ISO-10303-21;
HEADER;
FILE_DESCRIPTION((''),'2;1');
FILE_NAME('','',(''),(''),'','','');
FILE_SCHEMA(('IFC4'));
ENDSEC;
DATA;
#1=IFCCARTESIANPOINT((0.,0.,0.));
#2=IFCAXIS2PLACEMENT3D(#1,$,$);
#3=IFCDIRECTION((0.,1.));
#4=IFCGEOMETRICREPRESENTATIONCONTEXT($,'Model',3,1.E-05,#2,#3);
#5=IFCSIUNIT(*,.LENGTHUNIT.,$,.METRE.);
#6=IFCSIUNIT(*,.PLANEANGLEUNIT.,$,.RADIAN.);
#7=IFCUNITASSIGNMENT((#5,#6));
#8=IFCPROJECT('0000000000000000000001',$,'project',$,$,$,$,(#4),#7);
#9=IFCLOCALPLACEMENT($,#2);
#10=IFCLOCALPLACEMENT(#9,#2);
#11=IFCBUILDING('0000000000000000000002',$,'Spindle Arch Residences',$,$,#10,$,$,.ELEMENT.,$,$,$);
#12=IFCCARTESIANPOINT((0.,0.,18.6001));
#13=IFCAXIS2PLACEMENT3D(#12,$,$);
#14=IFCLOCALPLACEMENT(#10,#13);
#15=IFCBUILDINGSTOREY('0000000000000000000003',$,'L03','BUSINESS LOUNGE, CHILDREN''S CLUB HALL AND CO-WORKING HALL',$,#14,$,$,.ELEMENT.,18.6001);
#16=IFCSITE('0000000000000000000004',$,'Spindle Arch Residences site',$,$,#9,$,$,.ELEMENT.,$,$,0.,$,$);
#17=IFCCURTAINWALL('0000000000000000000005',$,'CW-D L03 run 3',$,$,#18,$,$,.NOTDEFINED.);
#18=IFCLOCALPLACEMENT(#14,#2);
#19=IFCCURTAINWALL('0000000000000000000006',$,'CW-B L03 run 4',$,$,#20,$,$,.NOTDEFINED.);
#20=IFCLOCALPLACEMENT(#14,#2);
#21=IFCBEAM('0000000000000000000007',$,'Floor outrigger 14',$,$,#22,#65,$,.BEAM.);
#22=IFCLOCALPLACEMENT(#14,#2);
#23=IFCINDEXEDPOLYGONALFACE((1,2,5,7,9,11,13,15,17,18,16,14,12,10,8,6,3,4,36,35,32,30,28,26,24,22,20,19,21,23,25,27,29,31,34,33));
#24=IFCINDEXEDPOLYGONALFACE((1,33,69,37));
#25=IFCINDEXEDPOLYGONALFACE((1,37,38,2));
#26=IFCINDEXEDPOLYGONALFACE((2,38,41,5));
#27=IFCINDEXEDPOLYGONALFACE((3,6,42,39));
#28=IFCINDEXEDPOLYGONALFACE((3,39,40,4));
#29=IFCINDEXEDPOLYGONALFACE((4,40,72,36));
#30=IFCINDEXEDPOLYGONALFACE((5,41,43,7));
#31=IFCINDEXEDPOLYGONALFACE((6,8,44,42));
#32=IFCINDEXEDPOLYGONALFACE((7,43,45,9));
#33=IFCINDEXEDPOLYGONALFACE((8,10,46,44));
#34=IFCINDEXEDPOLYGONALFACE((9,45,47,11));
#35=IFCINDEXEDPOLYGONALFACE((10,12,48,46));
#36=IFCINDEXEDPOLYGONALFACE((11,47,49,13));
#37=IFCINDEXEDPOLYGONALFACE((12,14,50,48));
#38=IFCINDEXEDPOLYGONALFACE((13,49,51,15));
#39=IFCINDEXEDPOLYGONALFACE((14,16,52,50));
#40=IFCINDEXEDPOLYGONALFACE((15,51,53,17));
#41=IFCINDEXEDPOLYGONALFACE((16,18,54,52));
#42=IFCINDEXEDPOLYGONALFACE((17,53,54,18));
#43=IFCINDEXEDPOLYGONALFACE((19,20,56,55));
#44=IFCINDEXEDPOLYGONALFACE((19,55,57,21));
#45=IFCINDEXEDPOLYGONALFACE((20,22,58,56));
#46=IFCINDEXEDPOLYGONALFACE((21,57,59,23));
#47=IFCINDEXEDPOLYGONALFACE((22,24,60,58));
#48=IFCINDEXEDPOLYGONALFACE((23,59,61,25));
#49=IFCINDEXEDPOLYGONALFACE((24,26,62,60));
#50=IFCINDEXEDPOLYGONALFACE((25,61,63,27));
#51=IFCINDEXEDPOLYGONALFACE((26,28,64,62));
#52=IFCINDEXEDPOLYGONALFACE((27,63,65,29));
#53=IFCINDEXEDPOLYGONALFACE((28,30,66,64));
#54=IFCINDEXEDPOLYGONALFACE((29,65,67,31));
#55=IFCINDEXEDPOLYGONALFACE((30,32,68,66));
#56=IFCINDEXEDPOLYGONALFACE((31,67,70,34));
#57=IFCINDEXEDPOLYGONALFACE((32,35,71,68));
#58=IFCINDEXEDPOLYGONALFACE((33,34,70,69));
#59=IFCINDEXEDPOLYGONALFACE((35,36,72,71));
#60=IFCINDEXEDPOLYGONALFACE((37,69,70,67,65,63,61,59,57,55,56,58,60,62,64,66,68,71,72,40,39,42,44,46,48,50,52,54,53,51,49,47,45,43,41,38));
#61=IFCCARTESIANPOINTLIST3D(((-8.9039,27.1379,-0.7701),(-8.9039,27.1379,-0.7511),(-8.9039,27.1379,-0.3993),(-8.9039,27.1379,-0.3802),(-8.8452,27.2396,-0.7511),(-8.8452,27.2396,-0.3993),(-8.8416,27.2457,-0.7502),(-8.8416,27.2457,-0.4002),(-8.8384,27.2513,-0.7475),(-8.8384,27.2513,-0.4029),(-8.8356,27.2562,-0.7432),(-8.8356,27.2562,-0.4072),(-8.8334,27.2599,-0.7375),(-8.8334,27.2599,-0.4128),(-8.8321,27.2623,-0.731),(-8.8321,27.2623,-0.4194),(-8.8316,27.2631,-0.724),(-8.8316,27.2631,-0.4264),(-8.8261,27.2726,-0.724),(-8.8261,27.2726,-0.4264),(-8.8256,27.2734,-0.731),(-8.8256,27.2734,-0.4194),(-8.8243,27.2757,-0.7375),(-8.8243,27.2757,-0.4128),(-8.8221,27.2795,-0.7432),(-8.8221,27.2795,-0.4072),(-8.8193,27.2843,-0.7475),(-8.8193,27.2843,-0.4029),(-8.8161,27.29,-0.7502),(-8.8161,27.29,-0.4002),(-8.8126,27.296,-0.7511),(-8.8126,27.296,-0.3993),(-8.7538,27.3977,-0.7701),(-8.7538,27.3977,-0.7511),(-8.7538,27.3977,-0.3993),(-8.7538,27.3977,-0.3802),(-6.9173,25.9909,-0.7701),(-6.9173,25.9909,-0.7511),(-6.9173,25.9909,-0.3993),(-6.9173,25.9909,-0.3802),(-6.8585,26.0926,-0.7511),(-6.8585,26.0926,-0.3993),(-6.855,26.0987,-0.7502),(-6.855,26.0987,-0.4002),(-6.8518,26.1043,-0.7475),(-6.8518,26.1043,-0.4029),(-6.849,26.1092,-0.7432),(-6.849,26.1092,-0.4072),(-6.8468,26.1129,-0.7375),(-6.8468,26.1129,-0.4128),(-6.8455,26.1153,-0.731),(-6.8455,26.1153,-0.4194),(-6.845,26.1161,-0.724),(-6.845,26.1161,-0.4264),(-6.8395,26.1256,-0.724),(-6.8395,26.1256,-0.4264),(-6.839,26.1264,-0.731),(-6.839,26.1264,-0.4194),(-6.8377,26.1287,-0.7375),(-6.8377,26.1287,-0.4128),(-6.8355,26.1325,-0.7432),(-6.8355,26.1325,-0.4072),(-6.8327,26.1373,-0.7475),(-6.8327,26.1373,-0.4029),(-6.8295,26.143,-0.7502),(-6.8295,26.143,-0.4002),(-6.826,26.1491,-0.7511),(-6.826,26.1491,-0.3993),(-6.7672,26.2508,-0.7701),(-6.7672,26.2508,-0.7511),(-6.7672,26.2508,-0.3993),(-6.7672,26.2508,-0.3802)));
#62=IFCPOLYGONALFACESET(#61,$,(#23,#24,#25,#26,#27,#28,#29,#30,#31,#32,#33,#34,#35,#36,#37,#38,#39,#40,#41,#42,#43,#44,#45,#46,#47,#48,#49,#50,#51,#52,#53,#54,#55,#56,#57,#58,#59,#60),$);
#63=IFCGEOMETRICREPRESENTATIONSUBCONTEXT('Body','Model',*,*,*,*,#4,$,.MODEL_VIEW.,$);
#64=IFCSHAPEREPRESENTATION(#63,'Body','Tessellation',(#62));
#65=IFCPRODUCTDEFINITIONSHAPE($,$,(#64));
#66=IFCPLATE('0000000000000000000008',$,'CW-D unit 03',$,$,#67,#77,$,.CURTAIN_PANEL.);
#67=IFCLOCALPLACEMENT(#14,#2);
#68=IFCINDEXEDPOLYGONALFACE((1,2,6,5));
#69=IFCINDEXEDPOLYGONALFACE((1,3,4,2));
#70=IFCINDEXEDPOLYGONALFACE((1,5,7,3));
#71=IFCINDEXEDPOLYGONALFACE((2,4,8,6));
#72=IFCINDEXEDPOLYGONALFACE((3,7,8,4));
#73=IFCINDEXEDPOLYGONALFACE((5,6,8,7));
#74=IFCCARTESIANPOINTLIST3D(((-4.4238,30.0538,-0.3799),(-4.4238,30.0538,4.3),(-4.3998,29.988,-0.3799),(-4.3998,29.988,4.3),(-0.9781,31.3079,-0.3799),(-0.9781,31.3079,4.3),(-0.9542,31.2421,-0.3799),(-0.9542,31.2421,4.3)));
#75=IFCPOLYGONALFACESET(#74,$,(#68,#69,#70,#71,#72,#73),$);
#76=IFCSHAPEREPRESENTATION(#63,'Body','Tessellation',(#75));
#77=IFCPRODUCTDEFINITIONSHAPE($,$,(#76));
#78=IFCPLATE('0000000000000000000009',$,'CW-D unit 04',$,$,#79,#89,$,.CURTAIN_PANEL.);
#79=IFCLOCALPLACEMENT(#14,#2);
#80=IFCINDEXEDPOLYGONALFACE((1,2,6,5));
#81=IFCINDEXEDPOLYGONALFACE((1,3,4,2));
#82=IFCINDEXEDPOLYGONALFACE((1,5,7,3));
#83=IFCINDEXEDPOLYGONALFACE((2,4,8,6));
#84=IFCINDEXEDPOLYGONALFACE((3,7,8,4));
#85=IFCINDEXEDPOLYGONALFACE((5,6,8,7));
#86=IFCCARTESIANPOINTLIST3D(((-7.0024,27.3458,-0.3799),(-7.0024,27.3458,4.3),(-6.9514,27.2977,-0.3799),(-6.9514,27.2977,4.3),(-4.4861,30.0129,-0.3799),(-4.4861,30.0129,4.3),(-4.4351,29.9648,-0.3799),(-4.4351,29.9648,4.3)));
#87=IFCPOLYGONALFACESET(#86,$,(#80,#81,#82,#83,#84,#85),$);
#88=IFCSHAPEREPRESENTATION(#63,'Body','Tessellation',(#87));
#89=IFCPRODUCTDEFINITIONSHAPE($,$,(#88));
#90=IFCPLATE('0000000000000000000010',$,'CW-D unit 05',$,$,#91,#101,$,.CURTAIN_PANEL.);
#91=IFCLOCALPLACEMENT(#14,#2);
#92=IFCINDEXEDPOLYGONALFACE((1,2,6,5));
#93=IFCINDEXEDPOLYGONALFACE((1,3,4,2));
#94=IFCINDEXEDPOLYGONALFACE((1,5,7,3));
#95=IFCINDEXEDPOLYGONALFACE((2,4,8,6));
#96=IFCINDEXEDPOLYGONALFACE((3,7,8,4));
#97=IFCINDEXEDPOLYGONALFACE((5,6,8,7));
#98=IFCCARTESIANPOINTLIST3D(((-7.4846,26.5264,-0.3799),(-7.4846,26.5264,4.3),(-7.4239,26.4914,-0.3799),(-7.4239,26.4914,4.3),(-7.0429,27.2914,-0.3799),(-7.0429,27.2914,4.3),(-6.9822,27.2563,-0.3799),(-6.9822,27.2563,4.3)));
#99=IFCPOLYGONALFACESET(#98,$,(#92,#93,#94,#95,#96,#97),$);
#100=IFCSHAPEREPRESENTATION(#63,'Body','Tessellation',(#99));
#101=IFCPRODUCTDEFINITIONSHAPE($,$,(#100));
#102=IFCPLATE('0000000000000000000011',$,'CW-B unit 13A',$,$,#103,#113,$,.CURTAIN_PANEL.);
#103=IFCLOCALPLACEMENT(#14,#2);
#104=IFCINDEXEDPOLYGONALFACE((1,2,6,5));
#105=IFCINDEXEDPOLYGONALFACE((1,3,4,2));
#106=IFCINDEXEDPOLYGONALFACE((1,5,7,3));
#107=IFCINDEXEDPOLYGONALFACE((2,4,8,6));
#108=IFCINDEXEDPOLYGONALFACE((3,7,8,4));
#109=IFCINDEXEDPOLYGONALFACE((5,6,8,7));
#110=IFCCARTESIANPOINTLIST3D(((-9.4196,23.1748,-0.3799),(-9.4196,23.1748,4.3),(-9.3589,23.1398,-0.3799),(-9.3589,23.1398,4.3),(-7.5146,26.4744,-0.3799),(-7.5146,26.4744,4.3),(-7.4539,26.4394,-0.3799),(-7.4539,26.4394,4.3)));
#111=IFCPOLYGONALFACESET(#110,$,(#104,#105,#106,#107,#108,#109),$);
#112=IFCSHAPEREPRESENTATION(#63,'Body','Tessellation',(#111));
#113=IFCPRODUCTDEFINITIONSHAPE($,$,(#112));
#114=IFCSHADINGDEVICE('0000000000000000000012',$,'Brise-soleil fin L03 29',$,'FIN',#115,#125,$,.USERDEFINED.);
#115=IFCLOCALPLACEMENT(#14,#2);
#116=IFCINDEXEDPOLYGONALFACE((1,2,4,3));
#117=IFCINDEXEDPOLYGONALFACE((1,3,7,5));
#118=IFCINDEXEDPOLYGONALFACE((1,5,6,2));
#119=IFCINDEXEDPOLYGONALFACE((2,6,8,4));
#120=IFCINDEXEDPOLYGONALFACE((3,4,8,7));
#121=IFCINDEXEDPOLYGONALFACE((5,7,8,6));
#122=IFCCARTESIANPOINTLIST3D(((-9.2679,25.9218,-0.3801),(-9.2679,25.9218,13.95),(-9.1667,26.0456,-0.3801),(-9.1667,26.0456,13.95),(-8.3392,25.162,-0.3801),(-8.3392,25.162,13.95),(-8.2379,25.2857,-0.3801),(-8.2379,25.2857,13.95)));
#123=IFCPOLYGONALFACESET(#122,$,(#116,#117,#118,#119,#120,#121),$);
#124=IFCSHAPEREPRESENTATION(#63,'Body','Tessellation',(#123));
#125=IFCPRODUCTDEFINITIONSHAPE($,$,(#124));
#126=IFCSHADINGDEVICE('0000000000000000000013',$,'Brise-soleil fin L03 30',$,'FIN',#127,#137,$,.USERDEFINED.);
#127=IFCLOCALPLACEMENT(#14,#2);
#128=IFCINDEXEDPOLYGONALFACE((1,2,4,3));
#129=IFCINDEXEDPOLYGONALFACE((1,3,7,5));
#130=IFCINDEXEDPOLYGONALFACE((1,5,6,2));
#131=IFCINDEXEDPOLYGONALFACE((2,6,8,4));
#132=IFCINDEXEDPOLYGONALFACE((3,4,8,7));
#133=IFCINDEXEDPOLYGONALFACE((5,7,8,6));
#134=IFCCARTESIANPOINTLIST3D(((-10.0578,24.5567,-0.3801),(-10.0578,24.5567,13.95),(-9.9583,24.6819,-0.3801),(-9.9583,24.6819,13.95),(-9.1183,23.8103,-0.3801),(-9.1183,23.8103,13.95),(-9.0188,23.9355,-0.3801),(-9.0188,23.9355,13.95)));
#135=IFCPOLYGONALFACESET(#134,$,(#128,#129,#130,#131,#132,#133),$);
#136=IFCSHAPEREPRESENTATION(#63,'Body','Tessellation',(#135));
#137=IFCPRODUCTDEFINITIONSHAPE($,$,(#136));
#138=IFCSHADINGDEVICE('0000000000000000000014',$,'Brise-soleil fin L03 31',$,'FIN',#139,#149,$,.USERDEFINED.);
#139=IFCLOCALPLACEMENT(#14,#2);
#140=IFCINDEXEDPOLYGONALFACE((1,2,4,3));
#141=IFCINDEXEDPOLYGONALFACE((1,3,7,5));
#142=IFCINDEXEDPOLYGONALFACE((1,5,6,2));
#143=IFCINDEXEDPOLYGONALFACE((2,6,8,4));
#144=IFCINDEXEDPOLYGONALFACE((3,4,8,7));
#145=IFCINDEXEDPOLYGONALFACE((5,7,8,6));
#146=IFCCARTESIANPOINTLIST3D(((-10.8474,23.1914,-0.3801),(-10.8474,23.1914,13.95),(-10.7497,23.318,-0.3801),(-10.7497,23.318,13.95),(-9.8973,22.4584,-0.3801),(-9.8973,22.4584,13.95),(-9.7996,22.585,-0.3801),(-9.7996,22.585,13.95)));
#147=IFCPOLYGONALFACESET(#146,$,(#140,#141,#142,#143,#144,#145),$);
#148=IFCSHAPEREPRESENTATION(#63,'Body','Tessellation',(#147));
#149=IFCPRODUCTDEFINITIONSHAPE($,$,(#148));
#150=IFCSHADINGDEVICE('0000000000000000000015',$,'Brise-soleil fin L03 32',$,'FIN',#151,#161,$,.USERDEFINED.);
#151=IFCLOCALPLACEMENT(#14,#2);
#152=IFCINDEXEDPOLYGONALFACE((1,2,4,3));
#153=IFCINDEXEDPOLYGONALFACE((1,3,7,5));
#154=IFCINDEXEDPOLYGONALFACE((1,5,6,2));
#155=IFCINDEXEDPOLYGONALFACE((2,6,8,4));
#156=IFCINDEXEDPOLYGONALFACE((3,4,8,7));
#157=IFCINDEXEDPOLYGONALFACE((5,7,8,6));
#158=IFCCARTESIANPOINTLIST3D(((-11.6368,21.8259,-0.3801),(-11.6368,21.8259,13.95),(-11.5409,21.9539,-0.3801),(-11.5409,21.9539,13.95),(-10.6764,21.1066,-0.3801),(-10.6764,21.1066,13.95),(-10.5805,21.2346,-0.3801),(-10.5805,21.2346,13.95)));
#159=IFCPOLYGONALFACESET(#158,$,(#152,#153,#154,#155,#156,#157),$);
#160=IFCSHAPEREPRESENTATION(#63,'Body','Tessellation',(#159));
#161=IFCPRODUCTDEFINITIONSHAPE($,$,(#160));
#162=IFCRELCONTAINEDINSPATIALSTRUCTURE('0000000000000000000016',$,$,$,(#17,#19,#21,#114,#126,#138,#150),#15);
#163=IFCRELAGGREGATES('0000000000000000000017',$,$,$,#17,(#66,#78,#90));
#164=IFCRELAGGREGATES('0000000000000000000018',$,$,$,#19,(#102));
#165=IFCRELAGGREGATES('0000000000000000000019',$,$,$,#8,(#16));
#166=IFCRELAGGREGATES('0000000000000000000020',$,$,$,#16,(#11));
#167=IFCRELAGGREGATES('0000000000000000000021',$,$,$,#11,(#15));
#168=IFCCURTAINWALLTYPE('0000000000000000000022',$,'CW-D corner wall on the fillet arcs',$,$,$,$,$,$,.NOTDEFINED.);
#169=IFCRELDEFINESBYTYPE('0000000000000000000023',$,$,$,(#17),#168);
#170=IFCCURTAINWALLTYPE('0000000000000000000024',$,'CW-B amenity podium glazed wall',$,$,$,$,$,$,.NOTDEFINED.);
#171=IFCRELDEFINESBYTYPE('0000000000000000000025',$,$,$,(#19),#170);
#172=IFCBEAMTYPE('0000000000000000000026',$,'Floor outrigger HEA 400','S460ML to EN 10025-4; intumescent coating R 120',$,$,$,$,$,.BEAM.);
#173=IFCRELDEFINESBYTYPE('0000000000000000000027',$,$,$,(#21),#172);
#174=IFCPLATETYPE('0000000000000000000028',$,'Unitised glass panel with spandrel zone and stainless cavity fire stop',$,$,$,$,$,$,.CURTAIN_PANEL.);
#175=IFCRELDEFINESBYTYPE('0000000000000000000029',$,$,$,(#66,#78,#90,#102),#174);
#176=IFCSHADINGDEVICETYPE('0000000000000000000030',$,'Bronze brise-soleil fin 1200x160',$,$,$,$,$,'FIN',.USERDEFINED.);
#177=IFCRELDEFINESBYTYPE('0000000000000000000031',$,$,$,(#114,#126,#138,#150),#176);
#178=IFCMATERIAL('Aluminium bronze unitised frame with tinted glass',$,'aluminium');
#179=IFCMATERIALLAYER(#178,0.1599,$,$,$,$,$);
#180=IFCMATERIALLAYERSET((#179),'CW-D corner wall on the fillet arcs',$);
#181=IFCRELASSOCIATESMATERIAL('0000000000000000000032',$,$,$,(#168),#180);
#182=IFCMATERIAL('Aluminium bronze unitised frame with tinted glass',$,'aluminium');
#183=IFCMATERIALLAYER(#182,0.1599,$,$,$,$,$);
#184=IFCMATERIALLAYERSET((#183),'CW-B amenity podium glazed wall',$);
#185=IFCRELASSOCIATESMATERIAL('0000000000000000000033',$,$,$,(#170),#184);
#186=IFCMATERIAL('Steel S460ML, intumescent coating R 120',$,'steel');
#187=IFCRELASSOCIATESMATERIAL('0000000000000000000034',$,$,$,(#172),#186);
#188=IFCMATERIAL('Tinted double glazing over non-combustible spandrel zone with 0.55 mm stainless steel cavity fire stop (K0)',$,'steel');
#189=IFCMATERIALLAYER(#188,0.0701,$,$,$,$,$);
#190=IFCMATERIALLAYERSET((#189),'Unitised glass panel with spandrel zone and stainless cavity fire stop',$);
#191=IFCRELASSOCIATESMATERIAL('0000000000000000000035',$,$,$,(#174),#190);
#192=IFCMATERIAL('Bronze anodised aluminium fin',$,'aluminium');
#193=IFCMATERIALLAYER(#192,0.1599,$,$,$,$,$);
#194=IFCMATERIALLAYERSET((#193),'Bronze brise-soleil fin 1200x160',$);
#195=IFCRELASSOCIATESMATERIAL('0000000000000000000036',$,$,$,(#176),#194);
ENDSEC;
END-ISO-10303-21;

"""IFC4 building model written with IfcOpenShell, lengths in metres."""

from ifc_helpers import new_model, si_unit, direction, frame, origin, origin_2d, place, context, subcontext, project, spatial, rectangle, i_section, extrude, material, layer, layer_set, material_profile, profile_set, type_object, element, aggregate, save


model = new_model("IFC4")

# Units and contexts
model_context = context("Model", 3, precision=1e-05, world=origin(), true_north=direction((0.0, 1.0)))
body_context = subcontext(model_context, "Body", "Model", "MODEL_VIEW")
ifc_project = project(units=[si_unit("LENGTHUNIT", "METRE"), si_unit("PLANEANGLEUNIT", "RADIAN")], contexts=[model_context])

# Site, building, storey
site_placement = place(None, origin())
site = spatial("IfcSite", under=ifc_project, at=site_placement, Name="Spindle Arch Residences site", CompositionType="ELEMENT", RefElevation=0.0)
building_placement = place(site_placement, origin())
building = spatial("IfcBuilding", under=site, at=building_placement, Name="Spindle Arch Residences", CompositionType="ELEMENT")
storey_placement = place(building_placement, frame((0.0, 0.0, 18.6001)))
storey = spatial("IfcBuildingStorey", under=building, at=storey_placement, Name="L03", Description="BUSINESS LOUNGE, CHILDREN'S CLUB HALL AND CO-WORKING HALL", CompositionType="ELEMENT", Elevation=18.6001)

# Curtain wall
ifc_material_1 = material(Name="Aluminium bronze unitised frame with tinted glass", Category="aluminium")
ifc_layer_1 = layer(ifc_material_1, 0.1599)
ifc_layer_set_1 = layer_set([ifc_layer_1], Name="CW-D corner wall on the fillet arcs")
curtain_wall_type_1 = type_object("IfcCurtainWallType", Name="CW-D corner wall on the fillet arcs", PredefinedType="NOTDEFINED", material=ifc_layer_set_1)
curtain_wall_1_placement = place(storey_placement, origin())
curtain_wall_1 = element("IfcCurtainWall", 1, at=curtain_wall_1_placement, inside=storey, type_object=curtain_wall_type_1, Name="CW-D L03 run 3", PredefinedType="NOTDEFINED")

# Curtain wall
ifc_material_2 = material(Name="Aluminium bronze unitised frame with tinted glass", Category="aluminium")
ifc_layer_2 = layer(ifc_material_2, 0.1599)
ifc_layer_set_2 = layer_set([ifc_layer_2], Name="CW-B amenity podium glazed wall")
curtain_wall_type_2 = type_object("IfcCurtainWallType", Name="CW-B amenity podium glazed wall", PredefinedType="NOTDEFINED", material=ifc_layer_set_2)
curtain_wall_2_placement = place(storey_placement, origin())
curtain_wall_2 = element("IfcCurtainWall", 2, at=curtain_wall_2_placement, inside=storey, type_object=curtain_wall_type_2, Name="CW-B L03 run 4", PredefinedType="NOTDEFINED")

# Beam
ifc_material_3 = material(Name="Steel S460ML, intumescent coating R 120", Category="steel")
ifc_material_profile_1 = material_profile(ifc_material_3, i_section(OverallWidth=0.3, OverallDepth=0.3899, WebThickness=0.011, FlangeThickness=0.019, FilletRadius=0.0271, at=origin_2d()), Name="HEA 400")
ifc_profile_set_1 = profile_set([ifc_material_profile_1], Name="Steel S460ML, intumescent coating R 120")
beam_type_1 = type_object("IfcBeamType", Name="Floor outrigger HEA 400", Description="S460ML to EN 10025-4; intumescent coating R 120", PredefinedType="BEAM", material=ifc_profile_set_1)
beam_1_placement = place(storey_placement, frame((-8.8289, 27.2678, -0.5752), z_axis=(0.866021, -0.500008, 0.0), x_axis=(0.500008, 0.866021, 0.0)))
element("IfcBeam", 3, at=beam_1_placement, inside=storey, type_object=beam_type_1, Name="Floor outrigger 14", PredefinedType="BEAM", context=body_context, shape_type="SweptSolid", body=[
    extrude(i_section(OverallWidth=0.3, OverallDepth=0.3899, WebThickness=0.011, FlangeThickness=0.019, FilletRadius=0.0271, at=origin_2d()), origin(), (0.0, 0.0, 1.0), 2.2939),
])

# Plates
ifc_material_4 = material(Name="Tinted double glazing over non-combustible spandrel zone with 0.55 mm stainless steel cavity fire stop (K0)", Category="steel")
ifc_layer_3 = layer(ifc_material_4, 0.0701)
ifc_layer_set_3 = layer_set([ifc_layer_3], Name="Unitised glass panel with spandrel zone and stainless cavity fire stop")
plate_type = type_object("IfcPlateType", Name="Unitised glass panel with spandrel zone and stainless cavity fire stop", PredefinedType="CURTAIN_PANEL", material=ifc_layer_set_3)
plate_1_placement = place(storey_placement, frame((-2.689, 30.6479, -0.3799), z_axis=(0.0, 0.0, 1.0), x_axis=(-0.939693, -0.34202, 0.0)))
plate_1 = element("IfcPlate", 4, at=plate_1_placement, type_object=plate_type, Name="CW-D unit 03", PredefinedType="CURTAIN_PANEL", context=body_context, shape_type="SweptSolid", body=[
    extrude(rectangle(XDim=3.6667, YDim=0.0701, at=origin_2d()), origin(), (0.0, 0.0, 1.0), 4.6799),
])
plate_2_placement = place(storey_placement, frame((-5.7188, 28.6553, -0.3799), z_axis=(0.0, 0.0, 1.0), x_axis=(-0.686242, -0.727374, 0.0)))
plate_2 = element("IfcPlate", 5, at=plate_2_placement, type_object=plate_type, Name="CW-D unit 04", PredefinedType="CURTAIN_PANEL", context=body_context, shape_type="SweptSolid", body=[
    extrude(rectangle(XDim=3.6667, YDim=0.0701, at=origin_2d()), origin(), (0.0, 0.0, 1.0), 4.6799),
])
plate_3_placement = place(storey_placement, frame((-7.2334, 26.8914, -0.3799), z_axis=(0.0, 0.0, 1.0), x_axis=(-0.5, -0.866025, 0.0)))
plate_3 = element("IfcPlate", 6, at=plate_3_placement, type_object=plate_type, Name="CW-D unit 05", PredefinedType="CURTAIN_PANEL", context=body_context, shape_type="SweptSolid", body=[
    extrude(rectangle(XDim=0.8833, YDim=0.0701, at=origin_2d()), origin(), (0.0, 0.0, 1.0), 4.6799),
])
aggregate(curtain_wall_1, [plate_1, plate_2, plate_3])
plate_4_placement = place(storey_placement, frame((-8.4368, 24.8071, -0.3799), z_axis=(0.0, 0.0, 1.0), x_axis=(-0.5, -0.866025, 0.0)))
plate_4 = element("IfcPlate", 7, at=plate_4_placement, type_object=plate_type, Name="CW-B unit 13A", PredefinedType="CURTAIN_PANEL", context=body_context, shape_type="SweptSolid", body=[
    extrude(rectangle(XDim=3.8101, YDim=0.0701, at=origin_2d()), origin(), (0.0, 0.0, 1.0), 4.6799),
])
aggregate(curtain_wall_2, [plate_4])

# Shading devices
ifc_material_5 = material(Name="Bronze anodised aluminium fin", Category="aluminium")
ifc_layer_4 = layer(ifc_material_5, 0.1599)
ifc_layer_set_4 = layer_set([ifc_layer_4], Name="Bronze brise-soleil fin 1200x160")
shading_device_type = type_object("IfcShadingDeviceType", Name="Bronze brise-soleil fin 1200x160", ElementType="FIN", PredefinedType="USERDEFINED", material=ifc_layer_set_4)
for number, where, z_axis, x_axis, name in (
    (8, (-8.7529, 25.6038, -0.3801), (0.0, 0.0, 1.0), (-0.773979, 0.633211, 0.0), "Brise-soleil fin L03 29"),
    (9, (-9.5383, 24.2461, -0.3801), (0.0, 0.0, 1.0), (-0.782946, 0.622089, 0.0), "Brise-soleil fin L03 30"),
    (10, (-10.3235, 22.8882, -0.3801), (0.0, 0.0, 1.0), (-0.791754, 0.610841, 0.0), "Brise-soleil fin L03 31"),
    (11, (-11.1086, 21.5303, -0.3801), (0.0, 0.0, 1.0), (-0.800399, 0.599467, 0.0), "Brise-soleil fin L03 32"),
):
    element("IfcShadingDevice", number, at=place(storey_placement, frame(where, z_axis=z_axis, x_axis=x_axis)), inside=storey, type_object=shading_device_type, Name=name, ObjectType="FIN", PredefinedType="USERDEFINED", context=body_context, shape_type="SweptSolid", body=[
        extrude(rectangle(XDim=1.2, YDim=0.1599, at=origin_2d()), origin(), (0.0, 0.0, 1.0), 14.3301),
    ])

save(model, "model.ifc")
